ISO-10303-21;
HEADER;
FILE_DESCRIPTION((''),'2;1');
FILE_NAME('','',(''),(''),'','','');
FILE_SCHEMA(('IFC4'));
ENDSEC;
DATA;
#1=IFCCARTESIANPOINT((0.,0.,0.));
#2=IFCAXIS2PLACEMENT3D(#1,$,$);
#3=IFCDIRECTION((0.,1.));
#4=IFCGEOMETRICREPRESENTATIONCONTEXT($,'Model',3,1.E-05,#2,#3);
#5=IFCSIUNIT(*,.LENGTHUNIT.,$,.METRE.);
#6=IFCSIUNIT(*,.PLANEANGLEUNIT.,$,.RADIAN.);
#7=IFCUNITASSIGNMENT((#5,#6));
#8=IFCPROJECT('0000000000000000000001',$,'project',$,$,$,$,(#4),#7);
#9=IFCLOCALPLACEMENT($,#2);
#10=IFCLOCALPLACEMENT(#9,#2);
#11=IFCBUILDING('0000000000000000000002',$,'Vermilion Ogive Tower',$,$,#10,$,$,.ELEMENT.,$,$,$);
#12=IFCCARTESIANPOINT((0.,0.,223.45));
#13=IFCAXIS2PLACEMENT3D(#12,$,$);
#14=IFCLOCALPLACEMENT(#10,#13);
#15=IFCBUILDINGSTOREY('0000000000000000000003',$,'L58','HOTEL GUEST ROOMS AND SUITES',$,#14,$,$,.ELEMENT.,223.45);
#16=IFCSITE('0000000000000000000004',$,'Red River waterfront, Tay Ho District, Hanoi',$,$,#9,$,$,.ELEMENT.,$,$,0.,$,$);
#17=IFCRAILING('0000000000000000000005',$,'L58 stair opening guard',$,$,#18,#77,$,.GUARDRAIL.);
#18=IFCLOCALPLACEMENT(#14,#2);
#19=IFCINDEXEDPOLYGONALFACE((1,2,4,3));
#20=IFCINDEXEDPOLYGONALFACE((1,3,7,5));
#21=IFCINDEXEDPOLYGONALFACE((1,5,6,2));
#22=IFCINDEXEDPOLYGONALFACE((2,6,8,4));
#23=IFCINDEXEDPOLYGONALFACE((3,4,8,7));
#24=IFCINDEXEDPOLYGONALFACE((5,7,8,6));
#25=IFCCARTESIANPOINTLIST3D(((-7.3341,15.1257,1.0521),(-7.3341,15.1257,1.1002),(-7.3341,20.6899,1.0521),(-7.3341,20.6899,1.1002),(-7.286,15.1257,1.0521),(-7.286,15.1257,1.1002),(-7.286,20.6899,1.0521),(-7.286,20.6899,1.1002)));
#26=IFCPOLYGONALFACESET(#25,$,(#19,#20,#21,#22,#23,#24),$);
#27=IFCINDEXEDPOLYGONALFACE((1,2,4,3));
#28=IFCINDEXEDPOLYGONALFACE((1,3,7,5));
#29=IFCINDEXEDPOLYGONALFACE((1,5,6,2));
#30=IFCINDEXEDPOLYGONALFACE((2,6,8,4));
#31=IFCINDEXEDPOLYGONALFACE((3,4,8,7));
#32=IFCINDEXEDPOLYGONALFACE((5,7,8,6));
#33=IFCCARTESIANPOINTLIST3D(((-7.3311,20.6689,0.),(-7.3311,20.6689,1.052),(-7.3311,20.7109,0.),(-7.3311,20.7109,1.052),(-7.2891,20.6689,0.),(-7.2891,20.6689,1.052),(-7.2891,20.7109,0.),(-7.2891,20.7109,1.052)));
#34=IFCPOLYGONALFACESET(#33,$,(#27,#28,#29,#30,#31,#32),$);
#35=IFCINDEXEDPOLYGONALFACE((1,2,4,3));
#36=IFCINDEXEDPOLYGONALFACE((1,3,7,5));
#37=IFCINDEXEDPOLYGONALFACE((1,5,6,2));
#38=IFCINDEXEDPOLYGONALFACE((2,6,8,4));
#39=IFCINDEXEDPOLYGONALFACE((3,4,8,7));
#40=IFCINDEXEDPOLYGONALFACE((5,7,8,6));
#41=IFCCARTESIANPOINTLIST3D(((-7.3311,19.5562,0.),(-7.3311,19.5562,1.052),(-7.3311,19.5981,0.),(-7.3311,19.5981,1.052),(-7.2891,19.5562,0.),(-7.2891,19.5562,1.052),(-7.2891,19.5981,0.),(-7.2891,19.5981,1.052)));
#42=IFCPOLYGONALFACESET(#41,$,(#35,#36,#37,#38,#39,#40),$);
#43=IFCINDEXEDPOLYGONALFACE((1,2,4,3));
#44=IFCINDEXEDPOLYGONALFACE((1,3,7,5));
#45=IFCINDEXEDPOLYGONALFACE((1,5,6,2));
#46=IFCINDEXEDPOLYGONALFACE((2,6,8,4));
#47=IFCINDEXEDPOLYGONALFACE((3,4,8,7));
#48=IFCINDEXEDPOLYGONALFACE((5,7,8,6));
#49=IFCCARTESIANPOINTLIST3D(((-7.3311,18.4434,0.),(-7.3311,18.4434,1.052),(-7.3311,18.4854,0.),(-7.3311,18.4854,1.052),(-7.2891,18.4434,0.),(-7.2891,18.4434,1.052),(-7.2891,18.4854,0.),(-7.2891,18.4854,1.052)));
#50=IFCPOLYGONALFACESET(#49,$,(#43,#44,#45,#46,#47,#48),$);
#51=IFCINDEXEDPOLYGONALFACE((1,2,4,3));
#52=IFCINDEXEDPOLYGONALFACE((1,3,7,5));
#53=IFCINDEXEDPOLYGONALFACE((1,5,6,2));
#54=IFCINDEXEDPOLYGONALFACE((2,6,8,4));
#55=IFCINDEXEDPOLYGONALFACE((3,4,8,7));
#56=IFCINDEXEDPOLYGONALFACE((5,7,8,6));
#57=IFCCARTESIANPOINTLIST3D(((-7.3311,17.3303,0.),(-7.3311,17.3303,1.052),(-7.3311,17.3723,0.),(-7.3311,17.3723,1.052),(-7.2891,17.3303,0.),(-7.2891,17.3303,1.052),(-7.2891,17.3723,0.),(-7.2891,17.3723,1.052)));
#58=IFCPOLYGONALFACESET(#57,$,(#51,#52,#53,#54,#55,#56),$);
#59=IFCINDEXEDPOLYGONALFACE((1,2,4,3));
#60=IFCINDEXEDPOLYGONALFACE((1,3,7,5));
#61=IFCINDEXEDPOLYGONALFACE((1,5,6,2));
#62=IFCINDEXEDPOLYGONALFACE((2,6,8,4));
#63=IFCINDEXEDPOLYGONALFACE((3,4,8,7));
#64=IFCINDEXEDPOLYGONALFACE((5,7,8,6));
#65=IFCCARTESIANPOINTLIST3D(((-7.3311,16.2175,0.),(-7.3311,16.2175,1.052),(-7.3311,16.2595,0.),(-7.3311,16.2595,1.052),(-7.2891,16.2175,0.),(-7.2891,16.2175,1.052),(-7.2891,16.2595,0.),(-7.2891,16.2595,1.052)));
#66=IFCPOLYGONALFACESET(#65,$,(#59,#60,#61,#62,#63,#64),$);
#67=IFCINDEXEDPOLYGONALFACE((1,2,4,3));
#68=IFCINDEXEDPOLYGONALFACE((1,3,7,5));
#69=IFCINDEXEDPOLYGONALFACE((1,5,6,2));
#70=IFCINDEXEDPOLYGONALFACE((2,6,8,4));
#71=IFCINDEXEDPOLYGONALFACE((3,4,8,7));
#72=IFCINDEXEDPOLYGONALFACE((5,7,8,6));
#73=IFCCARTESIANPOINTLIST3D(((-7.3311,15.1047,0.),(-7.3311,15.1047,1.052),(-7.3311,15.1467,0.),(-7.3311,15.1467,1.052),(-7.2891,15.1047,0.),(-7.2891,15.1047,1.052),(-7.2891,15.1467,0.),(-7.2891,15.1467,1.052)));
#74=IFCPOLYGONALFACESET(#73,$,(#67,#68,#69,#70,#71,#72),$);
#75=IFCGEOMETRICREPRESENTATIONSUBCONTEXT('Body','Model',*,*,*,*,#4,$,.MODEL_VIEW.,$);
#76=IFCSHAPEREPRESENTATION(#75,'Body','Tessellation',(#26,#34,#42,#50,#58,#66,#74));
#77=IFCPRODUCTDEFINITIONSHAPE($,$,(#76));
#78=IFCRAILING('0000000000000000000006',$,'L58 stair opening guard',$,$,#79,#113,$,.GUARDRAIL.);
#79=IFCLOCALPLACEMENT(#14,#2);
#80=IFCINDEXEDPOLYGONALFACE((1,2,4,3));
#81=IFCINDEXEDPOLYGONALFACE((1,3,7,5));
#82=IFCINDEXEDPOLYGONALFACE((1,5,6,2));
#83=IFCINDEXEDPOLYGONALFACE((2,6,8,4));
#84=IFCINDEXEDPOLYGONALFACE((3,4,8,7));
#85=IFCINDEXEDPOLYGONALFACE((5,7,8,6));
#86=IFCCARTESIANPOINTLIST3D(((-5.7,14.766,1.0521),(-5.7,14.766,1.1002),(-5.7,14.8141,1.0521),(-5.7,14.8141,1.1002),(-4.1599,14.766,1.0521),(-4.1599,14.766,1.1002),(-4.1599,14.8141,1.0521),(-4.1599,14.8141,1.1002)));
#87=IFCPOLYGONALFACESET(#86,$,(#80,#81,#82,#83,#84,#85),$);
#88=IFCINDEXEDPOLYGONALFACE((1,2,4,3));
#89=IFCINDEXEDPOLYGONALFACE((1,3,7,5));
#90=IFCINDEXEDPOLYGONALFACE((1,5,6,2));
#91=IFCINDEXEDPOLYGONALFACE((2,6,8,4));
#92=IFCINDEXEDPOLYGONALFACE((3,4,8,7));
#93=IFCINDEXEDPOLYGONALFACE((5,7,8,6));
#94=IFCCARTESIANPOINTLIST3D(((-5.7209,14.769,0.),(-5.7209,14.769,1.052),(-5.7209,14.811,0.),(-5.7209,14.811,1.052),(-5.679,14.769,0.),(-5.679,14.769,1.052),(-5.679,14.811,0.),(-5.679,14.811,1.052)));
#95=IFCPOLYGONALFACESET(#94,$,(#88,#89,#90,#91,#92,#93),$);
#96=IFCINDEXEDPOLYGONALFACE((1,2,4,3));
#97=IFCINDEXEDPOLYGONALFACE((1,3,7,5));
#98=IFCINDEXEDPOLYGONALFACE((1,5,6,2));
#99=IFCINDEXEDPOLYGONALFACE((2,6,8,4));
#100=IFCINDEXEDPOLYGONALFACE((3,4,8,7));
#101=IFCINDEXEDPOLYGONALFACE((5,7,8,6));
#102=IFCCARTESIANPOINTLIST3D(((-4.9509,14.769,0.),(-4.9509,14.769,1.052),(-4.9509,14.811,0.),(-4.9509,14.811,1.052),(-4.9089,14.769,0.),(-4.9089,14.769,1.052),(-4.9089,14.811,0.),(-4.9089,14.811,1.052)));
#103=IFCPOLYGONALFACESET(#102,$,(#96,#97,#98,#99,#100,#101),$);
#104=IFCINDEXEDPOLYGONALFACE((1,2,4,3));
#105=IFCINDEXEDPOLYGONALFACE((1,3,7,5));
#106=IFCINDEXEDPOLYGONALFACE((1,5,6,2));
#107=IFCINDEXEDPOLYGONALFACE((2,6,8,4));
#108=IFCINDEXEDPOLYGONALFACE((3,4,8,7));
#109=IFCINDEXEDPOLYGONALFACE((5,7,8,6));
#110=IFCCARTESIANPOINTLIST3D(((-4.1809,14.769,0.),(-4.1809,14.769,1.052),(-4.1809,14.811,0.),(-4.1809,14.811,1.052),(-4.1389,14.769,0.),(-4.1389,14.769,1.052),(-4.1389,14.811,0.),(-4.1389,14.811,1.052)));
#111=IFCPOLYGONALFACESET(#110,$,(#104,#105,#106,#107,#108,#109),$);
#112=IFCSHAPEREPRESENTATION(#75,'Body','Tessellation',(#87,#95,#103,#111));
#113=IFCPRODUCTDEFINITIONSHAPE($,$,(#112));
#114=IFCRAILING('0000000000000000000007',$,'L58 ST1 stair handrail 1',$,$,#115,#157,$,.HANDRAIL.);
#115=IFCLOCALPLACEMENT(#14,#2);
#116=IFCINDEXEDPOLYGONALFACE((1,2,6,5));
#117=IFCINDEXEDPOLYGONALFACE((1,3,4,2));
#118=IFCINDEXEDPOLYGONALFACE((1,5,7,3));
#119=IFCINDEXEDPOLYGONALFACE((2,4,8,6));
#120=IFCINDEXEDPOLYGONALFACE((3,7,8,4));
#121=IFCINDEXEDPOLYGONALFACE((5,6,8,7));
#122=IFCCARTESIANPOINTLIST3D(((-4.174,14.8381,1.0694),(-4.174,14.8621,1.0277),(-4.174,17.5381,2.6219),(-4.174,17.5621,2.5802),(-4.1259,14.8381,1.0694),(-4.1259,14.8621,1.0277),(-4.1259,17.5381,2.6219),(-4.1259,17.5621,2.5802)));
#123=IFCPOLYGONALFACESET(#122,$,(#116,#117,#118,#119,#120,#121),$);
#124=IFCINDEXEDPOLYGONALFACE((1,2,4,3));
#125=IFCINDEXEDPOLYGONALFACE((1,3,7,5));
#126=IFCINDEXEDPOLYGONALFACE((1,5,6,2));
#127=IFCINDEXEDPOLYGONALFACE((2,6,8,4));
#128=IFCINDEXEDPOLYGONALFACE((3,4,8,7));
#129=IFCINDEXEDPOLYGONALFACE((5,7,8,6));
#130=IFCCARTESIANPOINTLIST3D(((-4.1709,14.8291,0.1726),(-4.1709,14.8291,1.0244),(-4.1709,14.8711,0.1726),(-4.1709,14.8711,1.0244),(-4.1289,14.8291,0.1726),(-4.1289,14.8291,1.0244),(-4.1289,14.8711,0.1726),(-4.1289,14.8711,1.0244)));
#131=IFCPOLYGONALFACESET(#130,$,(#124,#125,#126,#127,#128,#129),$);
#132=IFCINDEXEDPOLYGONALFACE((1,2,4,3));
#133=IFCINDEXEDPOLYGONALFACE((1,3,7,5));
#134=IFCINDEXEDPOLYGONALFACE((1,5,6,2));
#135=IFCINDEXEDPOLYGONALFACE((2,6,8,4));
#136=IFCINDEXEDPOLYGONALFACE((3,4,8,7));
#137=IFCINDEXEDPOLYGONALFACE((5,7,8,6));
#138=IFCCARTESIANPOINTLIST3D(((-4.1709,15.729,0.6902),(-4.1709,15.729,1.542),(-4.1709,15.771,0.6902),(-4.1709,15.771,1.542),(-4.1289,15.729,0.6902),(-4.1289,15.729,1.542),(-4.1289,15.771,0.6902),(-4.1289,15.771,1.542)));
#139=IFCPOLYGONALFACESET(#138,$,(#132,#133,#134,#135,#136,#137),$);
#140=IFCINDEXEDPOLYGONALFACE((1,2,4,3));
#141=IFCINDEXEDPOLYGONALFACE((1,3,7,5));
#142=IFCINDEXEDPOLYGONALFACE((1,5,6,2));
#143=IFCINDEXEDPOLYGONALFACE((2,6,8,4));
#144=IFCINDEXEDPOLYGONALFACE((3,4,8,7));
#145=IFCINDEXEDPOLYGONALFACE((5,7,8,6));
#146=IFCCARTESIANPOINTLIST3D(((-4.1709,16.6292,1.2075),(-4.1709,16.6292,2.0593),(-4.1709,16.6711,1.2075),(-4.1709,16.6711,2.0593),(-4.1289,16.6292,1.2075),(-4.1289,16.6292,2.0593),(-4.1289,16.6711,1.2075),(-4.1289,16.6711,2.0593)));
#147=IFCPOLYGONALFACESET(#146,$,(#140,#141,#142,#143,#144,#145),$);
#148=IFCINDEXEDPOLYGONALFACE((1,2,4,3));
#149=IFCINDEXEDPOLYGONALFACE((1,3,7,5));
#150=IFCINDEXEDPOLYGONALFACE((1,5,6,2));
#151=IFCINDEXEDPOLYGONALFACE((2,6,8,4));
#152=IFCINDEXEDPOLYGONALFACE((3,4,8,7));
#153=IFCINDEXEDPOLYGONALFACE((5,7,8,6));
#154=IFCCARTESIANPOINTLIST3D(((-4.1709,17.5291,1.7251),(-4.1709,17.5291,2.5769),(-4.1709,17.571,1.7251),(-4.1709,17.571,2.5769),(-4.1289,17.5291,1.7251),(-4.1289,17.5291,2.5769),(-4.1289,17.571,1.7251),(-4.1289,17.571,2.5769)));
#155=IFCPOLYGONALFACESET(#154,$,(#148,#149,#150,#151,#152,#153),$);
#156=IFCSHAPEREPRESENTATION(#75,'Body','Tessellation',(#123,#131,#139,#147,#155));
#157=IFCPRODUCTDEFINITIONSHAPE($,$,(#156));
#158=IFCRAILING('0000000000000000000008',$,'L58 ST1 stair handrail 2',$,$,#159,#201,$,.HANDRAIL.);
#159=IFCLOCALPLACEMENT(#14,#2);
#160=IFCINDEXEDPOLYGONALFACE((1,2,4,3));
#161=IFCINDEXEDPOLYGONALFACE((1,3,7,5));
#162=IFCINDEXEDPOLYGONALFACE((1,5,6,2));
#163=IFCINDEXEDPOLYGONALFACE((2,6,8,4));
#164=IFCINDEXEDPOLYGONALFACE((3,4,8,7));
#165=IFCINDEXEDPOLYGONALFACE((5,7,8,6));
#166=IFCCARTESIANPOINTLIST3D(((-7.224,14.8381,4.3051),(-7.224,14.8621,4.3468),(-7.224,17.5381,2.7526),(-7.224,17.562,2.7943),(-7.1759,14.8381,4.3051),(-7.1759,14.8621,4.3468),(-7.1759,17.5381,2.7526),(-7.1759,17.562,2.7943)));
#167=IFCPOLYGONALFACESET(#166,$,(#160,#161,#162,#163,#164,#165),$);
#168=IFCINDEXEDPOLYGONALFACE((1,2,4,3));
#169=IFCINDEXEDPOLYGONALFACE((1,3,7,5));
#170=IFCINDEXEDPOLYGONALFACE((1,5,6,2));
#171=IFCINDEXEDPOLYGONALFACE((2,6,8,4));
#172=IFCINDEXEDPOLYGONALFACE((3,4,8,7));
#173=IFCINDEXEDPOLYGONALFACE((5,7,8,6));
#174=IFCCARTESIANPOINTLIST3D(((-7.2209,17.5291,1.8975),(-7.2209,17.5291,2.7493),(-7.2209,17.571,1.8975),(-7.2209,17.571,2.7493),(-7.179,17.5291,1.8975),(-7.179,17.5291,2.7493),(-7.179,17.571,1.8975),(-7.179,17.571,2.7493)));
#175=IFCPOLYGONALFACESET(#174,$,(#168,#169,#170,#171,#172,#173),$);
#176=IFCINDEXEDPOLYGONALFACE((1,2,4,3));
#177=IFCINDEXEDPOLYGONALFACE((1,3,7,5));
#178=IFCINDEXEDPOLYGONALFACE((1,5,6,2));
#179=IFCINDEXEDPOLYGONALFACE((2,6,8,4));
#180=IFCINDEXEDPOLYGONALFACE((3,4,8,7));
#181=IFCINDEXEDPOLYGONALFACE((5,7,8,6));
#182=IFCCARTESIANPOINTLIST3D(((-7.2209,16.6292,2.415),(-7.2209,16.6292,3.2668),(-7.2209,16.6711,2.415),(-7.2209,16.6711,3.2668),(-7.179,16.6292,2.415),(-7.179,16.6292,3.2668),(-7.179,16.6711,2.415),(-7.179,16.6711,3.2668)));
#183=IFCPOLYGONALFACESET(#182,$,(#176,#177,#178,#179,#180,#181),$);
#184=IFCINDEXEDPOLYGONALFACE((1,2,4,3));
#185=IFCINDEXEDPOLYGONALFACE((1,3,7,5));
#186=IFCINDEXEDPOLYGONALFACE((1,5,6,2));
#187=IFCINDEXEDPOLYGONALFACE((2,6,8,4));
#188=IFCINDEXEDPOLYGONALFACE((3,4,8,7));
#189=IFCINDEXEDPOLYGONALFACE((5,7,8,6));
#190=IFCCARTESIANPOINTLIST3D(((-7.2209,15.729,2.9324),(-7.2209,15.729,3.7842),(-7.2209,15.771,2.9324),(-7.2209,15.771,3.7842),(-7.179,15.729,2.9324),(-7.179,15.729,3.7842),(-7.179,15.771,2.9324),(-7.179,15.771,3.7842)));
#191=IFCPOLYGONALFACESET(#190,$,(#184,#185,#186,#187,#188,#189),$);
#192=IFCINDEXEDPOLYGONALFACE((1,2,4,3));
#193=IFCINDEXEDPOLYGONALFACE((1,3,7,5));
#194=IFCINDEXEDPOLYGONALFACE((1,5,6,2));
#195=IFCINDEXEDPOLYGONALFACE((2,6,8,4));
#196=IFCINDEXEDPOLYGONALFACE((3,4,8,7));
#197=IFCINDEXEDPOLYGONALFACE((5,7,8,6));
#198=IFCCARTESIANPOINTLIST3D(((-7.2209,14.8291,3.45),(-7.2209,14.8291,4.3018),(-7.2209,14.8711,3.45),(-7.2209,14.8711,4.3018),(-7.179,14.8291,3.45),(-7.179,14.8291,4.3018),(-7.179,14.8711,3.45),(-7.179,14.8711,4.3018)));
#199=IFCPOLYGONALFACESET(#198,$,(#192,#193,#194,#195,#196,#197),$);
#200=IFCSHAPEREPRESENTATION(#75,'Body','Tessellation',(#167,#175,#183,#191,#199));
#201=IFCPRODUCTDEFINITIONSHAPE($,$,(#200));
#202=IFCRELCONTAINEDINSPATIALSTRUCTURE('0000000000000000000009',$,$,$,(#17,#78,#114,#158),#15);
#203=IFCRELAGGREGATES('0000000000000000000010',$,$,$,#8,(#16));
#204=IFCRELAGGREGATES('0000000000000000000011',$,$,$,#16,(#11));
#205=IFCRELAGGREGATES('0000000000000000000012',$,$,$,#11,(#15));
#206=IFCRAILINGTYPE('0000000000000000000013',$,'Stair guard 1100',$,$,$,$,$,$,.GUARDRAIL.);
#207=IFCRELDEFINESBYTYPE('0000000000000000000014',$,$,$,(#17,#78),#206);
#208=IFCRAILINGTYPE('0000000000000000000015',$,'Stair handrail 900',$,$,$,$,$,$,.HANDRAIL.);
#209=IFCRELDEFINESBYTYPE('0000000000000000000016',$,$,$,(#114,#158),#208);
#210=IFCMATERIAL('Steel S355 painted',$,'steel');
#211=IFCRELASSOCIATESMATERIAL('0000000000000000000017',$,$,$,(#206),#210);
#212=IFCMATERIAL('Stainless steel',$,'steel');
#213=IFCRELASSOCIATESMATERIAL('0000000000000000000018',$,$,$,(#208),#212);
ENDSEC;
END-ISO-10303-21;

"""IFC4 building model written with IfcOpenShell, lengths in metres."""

from ifc_helpers import new_model, si_unit, direction, frame, origin, origin_2d, place, context, subcontext, project, spatial, rectangle, extrude, material, type_object, element, save


model = new_model("IFC4")

# Units and contexts
model_context = context("Model", 3, precision=1e-05, world=origin(), true_north=direction((0.0, 1.0)))
body_context = subcontext(model_context, "Body", "Model", "MODEL_VIEW")
ifc_project = project(units=[si_unit("LENGTHUNIT", "METRE"), si_unit("PLANEANGLEUNIT", "RADIAN")], contexts=[model_context])

# Site, building, storey
site_placement = place(None, origin())
site = spatial("IfcSite", under=ifc_project, at=site_placement, Name="Red River waterfront, Tay Ho District, Hanoi", CompositionType="ELEMENT", RefElevation=0.0)
building_placement = place(site_placement, origin())
building = spatial("IfcBuilding", under=site, at=building_placement, Name="Vermilion Ogive Tower", CompositionType="ELEMENT")
storey_placement = place(building_placement, frame((0.0, 0.0, 223.45)))
storey = spatial("IfcBuildingStorey", under=building, at=storey_placement, Name="L58", Description="HOTEL GUEST ROOMS AND SUITES", CompositionType="ELEMENT", Elevation=223.45)

# Railings
ifc_material_1 = material(Name="Steel S355 painted", Category="steel")
railing_type_1 = type_object("IfcRailingType", Name="Stair guard 1100", PredefinedType="GUARDRAIL", material=ifc_material_1)
railing_1_placement = place(storey_placement, frame((-7.3101, 20.6899, 0.0)))
element("IfcRailing", 1, at=railing_1_placement, inside=storey, type_object=railing_type_1, Name="L58 stair opening guard", PredefinedType="GUARDRAIL", context=body_context, shape_type="SweptSolid", body=[
    extrude(rectangle(XDim=0.0481, YDim=0.0481, at=origin_2d()), frame((0.0, 0.0, 1.0762), z_axis=(0.0, -1.0, 0.0), x_axis=(1.0, 0.0, 0.0)), (0.0, 0.0, 1.0), 5.5642),
    extrude(rectangle(XDim=0.042, YDim=0.042, at=origin_2d()), origin(), (0.0, 0.0, 1.0), 1.052),
    extrude(rectangle(XDim=0.042, YDim=0.042, at=origin_2d()), frame((0.0, -1.1128, 0.0)), (0.0, 0.0, 1.0), 1.052),
    extrude(rectangle(XDim=0.042, YDim=0.042, at=origin_2d()), frame((0.0, -2.2256, 0.0)), (0.0, 0.0, 1.0), 1.052),
    extrude(rectangle(XDim=0.042, YDim=0.042, at=origin_2d()), frame((0.0, -3.3386, 0.0)), (0.0, 0.0, 1.0), 1.052),
    extrude(rectangle(XDim=0.042, YDim=0.042, at=origin_2d()), frame((0.0, -4.4514, 0.0)), (0.0, 0.0, 1.0), 1.052),
    extrude(rectangle(XDim=0.042, YDim=0.042, at=origin_2d()), frame((0.0, -5.5642, 0.0)), (0.0, 0.0, 1.0), 1.052),
])
railing_2_placement = place(storey_placement, frame((-5.7, 14.79, 0.0)))
element("IfcRailing", 2, at=railing_2_placement, inside=storey, type_object=railing_type_1, Name="L58 stair opening guard", PredefinedType="GUARDRAIL", context=body_context, shape_type="SweptSolid", body=[
    extrude(rectangle(XDim=0.0481, YDim=0.0481, at=origin_2d()), frame((0.0, 0.0, 1.0762), z_axis=(1.0, 0.0, 0.0), x_axis=(0.0, 1.0, 0.0)), (0.0, 0.0, 1.0), 1.54),
    extrude(rectangle(XDim=0.042, YDim=0.042, at=origin_2d()), origin(), (0.0, 0.0, 1.0), 1.052),
    extrude(rectangle(XDim=0.042, YDim=0.042, at=origin_2d()), frame((0.77, 0.0, 0.0)), (0.0, 0.0, 1.0), 1.052),
    extrude(rectangle(XDim=0.042, YDim=0.042, at=origin_2d()), frame((1.54, 0.0, 0.0)), (0.0, 0.0, 1.0), 1.052),
])
ifc_material_2 = material(Name="Stainless steel", Category="steel")
railing_type_2 = type_object("IfcRailingType", Name="Stair handrail 900", PredefinedType="HANDRAIL", material=ifc_material_2)
railing_3_placement = place(storey_placement, frame((-4.1499, 14.8501, 0.1726)))
element("IfcRailing", 3, at=railing_3_placement, inside=storey, type_object=railing_type_2, Name="L58 ST1 stair handrail 1", PredefinedType="HANDRAIL", context=body_context, shape_type="SweptSolid", body=[
    extrude(rectangle(XDim=0.0481, YDim=0.0481, at=origin_2d()), frame((0.0, 0.0, 0.876), z_axis=(0.0, 0.866904, 0.498476), x_axis=(-1.0, 0.0, 0.0)), (0.0, 0.0, 1.0), 3.1145),
    extrude(rectangle(XDim=0.042, YDim=0.042, at=origin_2d()), origin(), (0.0, 0.0, 1.0), 0.8518),
    extrude(rectangle(XDim=0.042, YDim=0.042, at=origin_2d()), frame((0.0, 0.8999, 0.5176)), (0.0, 0.0, 1.0), 0.8518),
    extrude(rectangle(XDim=0.042, YDim=0.042, at=origin_2d()), frame((0.0, 1.8, 1.0349)), (0.0, 0.0, 1.0), 0.8518),
    extrude(rectangle(XDim=0.042, YDim=0.042, at=origin_2d()), frame((0.0, 2.7, 1.5525)), (0.0, 0.0, 1.0), 0.8518),
])
railing_4_placement = place(storey_placement, frame((-7.2, 17.55, 1.8975)))
element("IfcRailing", 4, at=railing_4_placement, inside=storey, type_object=railing_type_2, Name="L58 ST1 stair handrail 2", PredefinedType="HANDRAIL", context=body_context, shape_type="SweptSolid", body=[
    extrude(rectangle(XDim=0.0481, YDim=0.0481, at=origin_2d()), frame((0.0, 0.0, 0.876), z_axis=(0.0, -0.866904, 0.498476), x_axis=(1.0, 0.0, 0.0)), (0.0, 0.0, 1.0), 3.1145),
    extrude(rectangle(XDim=0.042, YDim=0.042, at=origin_2d()), origin(), (0.0, 0.0, 1.0), 0.8518),
    extrude(rectangle(XDim=0.042, YDim=0.042, at=origin_2d()), frame((0.0, -0.8999, 0.5176)), (0.0, 0.0, 1.0), 0.8518),
    extrude(rectangle(XDim=0.042, YDim=0.042, at=origin_2d()), frame((0.0, -1.8, 1.0349)), (0.0, 0.0, 1.0), 0.8518),
    extrude(rectangle(XDim=0.042, YDim=0.042, at=origin_2d()), frame((0.0, -2.7, 1.5525)), (0.0, 0.0, 1.0), 0.8518),
])

save(model, "model.ifc")
